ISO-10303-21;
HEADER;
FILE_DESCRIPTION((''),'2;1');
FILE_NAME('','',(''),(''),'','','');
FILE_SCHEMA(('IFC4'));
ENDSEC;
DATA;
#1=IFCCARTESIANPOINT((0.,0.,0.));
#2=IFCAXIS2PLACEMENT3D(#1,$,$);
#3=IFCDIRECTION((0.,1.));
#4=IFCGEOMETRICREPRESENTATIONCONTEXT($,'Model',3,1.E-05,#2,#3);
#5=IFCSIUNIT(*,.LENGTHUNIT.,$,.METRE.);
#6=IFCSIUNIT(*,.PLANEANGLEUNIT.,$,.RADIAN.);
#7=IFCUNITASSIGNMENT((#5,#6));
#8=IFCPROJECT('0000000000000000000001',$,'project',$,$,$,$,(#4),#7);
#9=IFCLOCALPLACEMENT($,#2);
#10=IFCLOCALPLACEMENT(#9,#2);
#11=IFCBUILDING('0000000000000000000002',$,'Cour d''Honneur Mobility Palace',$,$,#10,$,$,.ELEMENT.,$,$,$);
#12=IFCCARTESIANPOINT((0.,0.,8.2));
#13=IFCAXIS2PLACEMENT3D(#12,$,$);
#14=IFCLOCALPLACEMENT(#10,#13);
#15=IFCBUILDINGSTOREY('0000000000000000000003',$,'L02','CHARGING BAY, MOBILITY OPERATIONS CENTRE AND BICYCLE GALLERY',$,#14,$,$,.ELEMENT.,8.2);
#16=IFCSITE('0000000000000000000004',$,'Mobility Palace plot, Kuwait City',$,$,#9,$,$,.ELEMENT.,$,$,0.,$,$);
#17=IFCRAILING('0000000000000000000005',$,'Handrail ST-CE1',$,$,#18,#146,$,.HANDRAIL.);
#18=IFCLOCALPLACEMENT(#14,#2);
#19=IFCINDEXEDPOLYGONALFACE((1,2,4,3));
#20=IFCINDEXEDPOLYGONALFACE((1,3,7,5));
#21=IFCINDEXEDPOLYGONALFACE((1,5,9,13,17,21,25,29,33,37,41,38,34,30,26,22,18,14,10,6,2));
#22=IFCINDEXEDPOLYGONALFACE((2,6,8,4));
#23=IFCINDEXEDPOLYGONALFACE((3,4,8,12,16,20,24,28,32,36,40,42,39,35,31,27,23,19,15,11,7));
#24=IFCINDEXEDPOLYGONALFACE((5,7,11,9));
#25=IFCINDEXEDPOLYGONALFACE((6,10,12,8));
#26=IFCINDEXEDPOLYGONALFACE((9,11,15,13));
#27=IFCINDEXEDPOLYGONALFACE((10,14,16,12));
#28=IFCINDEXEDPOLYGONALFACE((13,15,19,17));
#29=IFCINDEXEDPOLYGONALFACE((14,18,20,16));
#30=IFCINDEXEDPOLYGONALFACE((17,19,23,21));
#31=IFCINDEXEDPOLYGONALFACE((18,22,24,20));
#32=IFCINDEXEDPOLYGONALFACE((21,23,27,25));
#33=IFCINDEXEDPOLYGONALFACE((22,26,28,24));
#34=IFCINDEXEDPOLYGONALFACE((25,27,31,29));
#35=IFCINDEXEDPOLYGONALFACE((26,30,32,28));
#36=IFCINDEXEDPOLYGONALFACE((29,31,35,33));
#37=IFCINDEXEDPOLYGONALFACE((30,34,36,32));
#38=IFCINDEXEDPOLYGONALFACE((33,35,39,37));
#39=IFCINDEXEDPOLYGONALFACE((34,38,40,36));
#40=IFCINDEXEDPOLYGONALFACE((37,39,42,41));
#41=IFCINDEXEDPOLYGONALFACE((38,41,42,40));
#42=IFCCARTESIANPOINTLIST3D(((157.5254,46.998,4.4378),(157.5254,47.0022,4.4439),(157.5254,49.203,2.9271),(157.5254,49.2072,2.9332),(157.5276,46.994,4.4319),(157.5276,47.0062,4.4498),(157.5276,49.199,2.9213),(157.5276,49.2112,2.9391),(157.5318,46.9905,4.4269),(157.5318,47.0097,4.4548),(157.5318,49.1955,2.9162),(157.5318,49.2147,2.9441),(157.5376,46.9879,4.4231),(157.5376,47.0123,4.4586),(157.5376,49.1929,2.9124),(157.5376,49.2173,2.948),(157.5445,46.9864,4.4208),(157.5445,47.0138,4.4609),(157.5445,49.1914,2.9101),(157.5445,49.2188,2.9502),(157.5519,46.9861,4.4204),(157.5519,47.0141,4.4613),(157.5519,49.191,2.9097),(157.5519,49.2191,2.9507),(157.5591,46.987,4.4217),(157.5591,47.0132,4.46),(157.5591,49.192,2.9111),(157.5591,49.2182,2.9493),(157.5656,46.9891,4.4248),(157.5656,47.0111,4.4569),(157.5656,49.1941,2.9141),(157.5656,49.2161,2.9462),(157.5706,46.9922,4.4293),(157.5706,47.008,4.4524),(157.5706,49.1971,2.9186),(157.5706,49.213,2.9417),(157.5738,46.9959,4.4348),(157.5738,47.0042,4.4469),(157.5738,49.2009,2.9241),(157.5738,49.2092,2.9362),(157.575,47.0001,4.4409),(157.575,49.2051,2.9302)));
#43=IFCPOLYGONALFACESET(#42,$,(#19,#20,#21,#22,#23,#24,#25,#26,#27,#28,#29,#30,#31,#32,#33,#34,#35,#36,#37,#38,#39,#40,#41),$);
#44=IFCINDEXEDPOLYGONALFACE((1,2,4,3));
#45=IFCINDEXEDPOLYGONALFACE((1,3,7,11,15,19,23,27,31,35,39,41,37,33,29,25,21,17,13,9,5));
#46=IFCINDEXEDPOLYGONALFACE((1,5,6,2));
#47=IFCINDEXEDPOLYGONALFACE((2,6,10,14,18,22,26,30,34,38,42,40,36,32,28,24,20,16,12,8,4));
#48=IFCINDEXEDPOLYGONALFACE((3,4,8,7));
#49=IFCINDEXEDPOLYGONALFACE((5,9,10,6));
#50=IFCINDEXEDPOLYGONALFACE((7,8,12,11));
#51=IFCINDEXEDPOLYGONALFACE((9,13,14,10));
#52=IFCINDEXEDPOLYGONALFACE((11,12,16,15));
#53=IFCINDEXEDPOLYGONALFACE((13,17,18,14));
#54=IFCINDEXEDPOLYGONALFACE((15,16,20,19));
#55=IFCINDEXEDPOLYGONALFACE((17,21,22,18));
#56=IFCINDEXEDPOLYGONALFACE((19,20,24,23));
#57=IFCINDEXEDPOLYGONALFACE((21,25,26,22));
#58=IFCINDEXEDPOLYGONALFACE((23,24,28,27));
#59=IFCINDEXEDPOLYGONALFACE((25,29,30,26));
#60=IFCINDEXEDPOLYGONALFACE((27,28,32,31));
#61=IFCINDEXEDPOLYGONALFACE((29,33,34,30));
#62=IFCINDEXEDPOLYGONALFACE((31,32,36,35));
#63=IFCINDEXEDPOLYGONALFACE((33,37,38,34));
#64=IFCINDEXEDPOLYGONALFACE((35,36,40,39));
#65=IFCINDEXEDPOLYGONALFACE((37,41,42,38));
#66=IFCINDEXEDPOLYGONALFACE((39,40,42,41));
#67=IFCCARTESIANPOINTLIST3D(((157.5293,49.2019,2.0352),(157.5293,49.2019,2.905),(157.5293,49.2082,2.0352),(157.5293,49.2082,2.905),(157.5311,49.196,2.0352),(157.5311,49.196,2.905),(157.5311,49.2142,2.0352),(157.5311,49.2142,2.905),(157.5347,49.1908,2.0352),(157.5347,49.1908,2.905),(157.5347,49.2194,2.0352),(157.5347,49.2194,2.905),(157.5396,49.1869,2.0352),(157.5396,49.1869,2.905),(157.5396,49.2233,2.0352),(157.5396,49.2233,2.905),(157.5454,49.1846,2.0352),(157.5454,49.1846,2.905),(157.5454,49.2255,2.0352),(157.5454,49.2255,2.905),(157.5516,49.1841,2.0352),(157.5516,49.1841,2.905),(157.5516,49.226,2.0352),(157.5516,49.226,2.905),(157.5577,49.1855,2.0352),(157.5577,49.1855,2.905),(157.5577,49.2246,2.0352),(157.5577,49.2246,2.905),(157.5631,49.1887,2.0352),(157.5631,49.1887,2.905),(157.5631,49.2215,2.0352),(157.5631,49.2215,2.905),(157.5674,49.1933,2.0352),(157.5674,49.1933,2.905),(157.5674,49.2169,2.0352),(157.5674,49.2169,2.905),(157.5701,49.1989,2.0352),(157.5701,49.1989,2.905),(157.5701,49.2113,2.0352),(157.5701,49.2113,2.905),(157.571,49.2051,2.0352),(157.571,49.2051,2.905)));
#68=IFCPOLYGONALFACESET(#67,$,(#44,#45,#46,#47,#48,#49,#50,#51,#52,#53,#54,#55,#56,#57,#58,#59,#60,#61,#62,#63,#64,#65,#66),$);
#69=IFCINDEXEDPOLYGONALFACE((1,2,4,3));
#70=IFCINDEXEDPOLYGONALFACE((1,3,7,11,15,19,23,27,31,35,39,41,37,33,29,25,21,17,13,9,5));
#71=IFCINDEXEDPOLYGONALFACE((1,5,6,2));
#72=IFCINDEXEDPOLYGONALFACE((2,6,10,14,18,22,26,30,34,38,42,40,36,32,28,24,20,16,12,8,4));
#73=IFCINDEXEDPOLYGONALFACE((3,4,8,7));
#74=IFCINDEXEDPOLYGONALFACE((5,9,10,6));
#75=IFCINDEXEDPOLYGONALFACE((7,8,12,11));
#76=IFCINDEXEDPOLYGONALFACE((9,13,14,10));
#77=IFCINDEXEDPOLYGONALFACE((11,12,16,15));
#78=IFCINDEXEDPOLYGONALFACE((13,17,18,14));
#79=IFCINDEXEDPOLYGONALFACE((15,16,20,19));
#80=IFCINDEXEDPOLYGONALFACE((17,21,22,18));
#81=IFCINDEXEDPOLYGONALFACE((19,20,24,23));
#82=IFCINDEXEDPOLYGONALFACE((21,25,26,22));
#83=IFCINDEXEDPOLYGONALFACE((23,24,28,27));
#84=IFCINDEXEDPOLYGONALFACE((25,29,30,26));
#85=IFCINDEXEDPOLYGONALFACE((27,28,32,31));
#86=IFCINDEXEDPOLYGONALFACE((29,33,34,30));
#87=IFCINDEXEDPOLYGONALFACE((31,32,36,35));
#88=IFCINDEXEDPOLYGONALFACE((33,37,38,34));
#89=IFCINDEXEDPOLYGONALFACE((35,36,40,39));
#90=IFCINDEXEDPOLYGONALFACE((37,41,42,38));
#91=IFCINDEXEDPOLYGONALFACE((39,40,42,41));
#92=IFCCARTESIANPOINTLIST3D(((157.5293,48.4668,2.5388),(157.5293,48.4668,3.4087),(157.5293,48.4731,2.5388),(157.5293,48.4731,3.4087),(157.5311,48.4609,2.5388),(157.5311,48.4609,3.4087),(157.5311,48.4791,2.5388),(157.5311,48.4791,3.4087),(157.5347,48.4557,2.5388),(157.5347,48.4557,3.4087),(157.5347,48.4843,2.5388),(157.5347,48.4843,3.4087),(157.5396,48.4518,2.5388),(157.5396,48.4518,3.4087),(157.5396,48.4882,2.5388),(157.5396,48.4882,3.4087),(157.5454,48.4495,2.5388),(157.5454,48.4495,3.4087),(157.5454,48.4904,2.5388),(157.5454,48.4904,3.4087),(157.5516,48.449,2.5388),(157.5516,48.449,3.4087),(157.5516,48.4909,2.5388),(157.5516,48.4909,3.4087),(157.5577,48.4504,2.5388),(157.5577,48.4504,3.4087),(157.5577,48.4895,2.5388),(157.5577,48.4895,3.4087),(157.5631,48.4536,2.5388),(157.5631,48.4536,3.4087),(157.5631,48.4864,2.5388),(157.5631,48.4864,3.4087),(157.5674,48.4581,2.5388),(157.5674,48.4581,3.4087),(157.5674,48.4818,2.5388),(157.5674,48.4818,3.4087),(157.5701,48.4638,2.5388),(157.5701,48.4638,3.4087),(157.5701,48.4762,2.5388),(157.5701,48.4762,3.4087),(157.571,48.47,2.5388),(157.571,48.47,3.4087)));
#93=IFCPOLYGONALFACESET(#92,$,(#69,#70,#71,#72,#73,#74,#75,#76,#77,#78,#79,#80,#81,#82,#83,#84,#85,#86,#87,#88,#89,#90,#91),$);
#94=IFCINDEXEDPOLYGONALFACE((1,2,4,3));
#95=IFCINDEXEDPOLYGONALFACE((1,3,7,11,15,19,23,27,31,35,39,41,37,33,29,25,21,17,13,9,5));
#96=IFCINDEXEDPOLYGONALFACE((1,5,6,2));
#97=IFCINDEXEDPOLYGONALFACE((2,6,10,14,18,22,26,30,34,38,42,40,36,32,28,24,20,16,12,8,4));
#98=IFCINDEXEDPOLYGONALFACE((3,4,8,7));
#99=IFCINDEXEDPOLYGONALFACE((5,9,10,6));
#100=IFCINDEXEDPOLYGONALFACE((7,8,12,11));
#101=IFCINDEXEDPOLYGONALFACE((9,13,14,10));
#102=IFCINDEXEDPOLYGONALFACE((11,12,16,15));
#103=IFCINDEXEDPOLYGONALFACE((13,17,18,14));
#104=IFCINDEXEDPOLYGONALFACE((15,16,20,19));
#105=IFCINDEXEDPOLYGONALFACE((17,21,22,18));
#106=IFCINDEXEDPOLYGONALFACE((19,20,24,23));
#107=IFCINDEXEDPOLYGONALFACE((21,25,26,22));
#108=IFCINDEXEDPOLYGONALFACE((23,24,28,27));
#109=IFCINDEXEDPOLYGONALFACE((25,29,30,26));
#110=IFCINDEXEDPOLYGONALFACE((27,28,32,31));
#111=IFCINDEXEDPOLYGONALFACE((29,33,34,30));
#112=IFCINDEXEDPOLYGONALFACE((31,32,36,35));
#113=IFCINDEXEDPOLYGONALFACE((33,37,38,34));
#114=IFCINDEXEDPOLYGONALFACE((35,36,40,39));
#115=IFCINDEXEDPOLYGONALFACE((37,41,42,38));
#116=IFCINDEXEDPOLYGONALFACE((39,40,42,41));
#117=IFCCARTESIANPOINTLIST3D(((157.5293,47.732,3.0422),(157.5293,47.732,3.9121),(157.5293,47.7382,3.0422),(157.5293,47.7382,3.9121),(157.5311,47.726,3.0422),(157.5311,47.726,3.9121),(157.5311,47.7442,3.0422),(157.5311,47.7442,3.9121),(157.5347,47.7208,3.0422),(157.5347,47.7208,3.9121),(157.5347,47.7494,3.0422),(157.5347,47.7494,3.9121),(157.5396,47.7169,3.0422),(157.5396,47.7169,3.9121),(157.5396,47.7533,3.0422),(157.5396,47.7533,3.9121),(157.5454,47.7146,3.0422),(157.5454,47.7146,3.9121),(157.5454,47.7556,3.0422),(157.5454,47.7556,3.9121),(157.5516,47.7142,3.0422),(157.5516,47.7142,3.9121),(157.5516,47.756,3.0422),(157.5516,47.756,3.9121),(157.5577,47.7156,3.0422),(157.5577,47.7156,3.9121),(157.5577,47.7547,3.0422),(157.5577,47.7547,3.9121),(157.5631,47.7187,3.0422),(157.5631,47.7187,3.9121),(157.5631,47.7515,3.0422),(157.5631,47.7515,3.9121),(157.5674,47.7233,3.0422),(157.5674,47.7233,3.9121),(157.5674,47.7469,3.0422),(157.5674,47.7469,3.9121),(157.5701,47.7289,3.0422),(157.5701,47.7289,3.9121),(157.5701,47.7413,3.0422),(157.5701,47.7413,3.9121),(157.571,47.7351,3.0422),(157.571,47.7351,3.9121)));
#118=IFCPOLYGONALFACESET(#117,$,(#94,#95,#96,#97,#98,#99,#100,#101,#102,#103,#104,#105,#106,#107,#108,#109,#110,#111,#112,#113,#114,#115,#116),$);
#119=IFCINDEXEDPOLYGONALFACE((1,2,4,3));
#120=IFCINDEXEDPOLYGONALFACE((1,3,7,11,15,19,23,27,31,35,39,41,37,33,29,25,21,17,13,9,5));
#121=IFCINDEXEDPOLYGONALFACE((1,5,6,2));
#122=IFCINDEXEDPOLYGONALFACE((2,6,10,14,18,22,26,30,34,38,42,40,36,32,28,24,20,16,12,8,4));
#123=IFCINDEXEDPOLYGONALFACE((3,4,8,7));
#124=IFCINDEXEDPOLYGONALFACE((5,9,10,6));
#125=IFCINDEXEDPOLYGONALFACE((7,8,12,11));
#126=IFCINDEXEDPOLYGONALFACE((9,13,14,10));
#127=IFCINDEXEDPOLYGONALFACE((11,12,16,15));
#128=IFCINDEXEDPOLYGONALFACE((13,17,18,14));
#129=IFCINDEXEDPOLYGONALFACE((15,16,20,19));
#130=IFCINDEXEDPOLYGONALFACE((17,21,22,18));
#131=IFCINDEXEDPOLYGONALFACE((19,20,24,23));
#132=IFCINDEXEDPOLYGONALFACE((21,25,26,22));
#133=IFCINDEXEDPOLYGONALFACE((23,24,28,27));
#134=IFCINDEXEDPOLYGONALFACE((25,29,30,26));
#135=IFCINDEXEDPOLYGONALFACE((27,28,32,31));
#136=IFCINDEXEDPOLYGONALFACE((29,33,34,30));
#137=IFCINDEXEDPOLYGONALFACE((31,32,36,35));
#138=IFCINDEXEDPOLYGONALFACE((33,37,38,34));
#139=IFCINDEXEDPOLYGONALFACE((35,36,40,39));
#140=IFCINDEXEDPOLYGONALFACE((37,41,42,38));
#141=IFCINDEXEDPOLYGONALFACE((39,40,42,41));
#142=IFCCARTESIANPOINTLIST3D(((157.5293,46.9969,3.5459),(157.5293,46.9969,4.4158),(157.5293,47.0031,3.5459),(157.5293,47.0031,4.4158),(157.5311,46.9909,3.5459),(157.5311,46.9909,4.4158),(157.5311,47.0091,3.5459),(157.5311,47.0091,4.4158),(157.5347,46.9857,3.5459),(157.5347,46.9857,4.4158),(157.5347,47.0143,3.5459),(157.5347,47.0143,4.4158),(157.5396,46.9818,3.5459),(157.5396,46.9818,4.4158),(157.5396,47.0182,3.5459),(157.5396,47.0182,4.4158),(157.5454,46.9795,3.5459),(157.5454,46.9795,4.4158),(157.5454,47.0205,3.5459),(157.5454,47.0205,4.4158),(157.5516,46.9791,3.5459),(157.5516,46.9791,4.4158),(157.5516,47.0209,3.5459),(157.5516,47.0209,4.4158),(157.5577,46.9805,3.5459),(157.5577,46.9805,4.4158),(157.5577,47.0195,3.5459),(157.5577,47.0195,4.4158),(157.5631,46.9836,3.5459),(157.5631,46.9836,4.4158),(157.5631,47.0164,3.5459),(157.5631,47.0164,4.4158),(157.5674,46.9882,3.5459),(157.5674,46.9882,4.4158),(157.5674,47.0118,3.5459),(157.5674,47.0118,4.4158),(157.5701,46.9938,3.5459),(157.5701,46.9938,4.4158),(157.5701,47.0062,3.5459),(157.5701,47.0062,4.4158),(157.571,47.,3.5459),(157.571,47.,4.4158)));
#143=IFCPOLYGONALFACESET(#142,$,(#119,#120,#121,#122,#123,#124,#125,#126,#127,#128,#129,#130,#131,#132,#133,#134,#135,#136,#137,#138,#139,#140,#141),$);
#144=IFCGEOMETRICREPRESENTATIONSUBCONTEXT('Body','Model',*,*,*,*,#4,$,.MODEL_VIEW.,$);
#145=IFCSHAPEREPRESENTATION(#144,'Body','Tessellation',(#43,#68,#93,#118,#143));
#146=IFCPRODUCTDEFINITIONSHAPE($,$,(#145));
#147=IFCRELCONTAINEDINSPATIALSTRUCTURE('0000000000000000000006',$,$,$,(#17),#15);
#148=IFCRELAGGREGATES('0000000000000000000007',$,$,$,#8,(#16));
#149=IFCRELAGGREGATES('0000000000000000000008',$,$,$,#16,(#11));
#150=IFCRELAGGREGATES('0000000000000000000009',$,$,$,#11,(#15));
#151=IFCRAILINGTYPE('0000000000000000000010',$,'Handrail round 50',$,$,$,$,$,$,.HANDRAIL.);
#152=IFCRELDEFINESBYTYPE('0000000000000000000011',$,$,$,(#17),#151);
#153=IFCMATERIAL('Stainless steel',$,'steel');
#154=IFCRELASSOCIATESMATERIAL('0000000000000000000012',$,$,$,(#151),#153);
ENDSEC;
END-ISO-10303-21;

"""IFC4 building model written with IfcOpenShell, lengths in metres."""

from ifc_helpers import new_model, si_unit, direction, frame, origin, origin_2d, place, context, subcontext, project, spatial, circle, extrude, material, type_object, element, save


model = new_model("IFC4")

# Units and contexts
model_context = context("Model", 3, precision=1e-05, world=origin(), true_north=direction((0.0, 1.0)))
body_context = subcontext(model_context, "Body", "Model", "MODEL_VIEW")
ifc_project = project(units=[si_unit("LENGTHUNIT", "METRE"), si_unit("PLANEANGLEUNIT", "RADIAN")], contexts=[model_context])

# Site, building, storey
site_placement = place(None, origin())
site = spatial("IfcSite", under=ifc_project, at=site_placement, Name="Mobility Palace plot, Kuwait City", CompositionType="ELEMENT", RefElevation=0.0)
building_placement = place(site_placement, origin())
building = spatial("IfcBuilding", under=site, at=building_placement, Name="Cour d'Honneur Mobility Palace", CompositionType="ELEMENT")
storey_placement = place(building_placement, frame((0.0, 0.0, 8.2)))
storey = spatial("IfcBuildingStorey", under=building, at=storey_placement, Name="L02", Description="CHARGING BAY, MOBILITY OPERATIONS CENTRE AND BICYCLE GALLERY", CompositionType="ELEMENT", Elevation=8.2)

# Railing
ifc_material_1 = material(Name="Stainless steel", Category="steel")
railing_type_1 = type_object("IfcRailingType", Name="Handrail round 50", PredefinedType="HANDRAIL", material=ifc_material_1)
railing_1_placement = place(storey_placement, frame((157.55, 49.2051, 2.0352)))
element("IfcRailing", 1, at=railing_1_placement, inside=storey, type_object=railing_type_1, Name="Handrail ST-CE1", PredefinedType="HANDRAIL", context=body_context, shape_type="SweptSolid", body=[
    extrude(circle(Radius=0.0249, at=origin_2d()), frame((0.0, 0.0, 0.895), z_axis=(0.0, -0.824958, 0.565195), x_axis=(1.0, 0.0, 0.0)), (0.0, 0.0, 1.0), 2.6729),
    extrude(circle(Radius=0.021, at=origin_2d()), origin(), (0.0, 0.0, 1.0), 0.8699),
    extrude(circle(Radius=0.021, at=origin_2d()), frame((0.0, -0.7351, 0.5037)), (0.0, 0.0, 1.0), 0.8699),
    extrude(circle(Radius=0.021, at=origin_2d()), frame((0.0, -1.47, 1.0071)), (0.0, 0.0, 1.0), 0.8699),
    extrude(circle(Radius=0.021, at=origin_2d()), frame((0.0, -2.2051, 1.5107)), (0.0, 0.0, 1.0), 0.8699),
])

save(model, "model.ifc")
